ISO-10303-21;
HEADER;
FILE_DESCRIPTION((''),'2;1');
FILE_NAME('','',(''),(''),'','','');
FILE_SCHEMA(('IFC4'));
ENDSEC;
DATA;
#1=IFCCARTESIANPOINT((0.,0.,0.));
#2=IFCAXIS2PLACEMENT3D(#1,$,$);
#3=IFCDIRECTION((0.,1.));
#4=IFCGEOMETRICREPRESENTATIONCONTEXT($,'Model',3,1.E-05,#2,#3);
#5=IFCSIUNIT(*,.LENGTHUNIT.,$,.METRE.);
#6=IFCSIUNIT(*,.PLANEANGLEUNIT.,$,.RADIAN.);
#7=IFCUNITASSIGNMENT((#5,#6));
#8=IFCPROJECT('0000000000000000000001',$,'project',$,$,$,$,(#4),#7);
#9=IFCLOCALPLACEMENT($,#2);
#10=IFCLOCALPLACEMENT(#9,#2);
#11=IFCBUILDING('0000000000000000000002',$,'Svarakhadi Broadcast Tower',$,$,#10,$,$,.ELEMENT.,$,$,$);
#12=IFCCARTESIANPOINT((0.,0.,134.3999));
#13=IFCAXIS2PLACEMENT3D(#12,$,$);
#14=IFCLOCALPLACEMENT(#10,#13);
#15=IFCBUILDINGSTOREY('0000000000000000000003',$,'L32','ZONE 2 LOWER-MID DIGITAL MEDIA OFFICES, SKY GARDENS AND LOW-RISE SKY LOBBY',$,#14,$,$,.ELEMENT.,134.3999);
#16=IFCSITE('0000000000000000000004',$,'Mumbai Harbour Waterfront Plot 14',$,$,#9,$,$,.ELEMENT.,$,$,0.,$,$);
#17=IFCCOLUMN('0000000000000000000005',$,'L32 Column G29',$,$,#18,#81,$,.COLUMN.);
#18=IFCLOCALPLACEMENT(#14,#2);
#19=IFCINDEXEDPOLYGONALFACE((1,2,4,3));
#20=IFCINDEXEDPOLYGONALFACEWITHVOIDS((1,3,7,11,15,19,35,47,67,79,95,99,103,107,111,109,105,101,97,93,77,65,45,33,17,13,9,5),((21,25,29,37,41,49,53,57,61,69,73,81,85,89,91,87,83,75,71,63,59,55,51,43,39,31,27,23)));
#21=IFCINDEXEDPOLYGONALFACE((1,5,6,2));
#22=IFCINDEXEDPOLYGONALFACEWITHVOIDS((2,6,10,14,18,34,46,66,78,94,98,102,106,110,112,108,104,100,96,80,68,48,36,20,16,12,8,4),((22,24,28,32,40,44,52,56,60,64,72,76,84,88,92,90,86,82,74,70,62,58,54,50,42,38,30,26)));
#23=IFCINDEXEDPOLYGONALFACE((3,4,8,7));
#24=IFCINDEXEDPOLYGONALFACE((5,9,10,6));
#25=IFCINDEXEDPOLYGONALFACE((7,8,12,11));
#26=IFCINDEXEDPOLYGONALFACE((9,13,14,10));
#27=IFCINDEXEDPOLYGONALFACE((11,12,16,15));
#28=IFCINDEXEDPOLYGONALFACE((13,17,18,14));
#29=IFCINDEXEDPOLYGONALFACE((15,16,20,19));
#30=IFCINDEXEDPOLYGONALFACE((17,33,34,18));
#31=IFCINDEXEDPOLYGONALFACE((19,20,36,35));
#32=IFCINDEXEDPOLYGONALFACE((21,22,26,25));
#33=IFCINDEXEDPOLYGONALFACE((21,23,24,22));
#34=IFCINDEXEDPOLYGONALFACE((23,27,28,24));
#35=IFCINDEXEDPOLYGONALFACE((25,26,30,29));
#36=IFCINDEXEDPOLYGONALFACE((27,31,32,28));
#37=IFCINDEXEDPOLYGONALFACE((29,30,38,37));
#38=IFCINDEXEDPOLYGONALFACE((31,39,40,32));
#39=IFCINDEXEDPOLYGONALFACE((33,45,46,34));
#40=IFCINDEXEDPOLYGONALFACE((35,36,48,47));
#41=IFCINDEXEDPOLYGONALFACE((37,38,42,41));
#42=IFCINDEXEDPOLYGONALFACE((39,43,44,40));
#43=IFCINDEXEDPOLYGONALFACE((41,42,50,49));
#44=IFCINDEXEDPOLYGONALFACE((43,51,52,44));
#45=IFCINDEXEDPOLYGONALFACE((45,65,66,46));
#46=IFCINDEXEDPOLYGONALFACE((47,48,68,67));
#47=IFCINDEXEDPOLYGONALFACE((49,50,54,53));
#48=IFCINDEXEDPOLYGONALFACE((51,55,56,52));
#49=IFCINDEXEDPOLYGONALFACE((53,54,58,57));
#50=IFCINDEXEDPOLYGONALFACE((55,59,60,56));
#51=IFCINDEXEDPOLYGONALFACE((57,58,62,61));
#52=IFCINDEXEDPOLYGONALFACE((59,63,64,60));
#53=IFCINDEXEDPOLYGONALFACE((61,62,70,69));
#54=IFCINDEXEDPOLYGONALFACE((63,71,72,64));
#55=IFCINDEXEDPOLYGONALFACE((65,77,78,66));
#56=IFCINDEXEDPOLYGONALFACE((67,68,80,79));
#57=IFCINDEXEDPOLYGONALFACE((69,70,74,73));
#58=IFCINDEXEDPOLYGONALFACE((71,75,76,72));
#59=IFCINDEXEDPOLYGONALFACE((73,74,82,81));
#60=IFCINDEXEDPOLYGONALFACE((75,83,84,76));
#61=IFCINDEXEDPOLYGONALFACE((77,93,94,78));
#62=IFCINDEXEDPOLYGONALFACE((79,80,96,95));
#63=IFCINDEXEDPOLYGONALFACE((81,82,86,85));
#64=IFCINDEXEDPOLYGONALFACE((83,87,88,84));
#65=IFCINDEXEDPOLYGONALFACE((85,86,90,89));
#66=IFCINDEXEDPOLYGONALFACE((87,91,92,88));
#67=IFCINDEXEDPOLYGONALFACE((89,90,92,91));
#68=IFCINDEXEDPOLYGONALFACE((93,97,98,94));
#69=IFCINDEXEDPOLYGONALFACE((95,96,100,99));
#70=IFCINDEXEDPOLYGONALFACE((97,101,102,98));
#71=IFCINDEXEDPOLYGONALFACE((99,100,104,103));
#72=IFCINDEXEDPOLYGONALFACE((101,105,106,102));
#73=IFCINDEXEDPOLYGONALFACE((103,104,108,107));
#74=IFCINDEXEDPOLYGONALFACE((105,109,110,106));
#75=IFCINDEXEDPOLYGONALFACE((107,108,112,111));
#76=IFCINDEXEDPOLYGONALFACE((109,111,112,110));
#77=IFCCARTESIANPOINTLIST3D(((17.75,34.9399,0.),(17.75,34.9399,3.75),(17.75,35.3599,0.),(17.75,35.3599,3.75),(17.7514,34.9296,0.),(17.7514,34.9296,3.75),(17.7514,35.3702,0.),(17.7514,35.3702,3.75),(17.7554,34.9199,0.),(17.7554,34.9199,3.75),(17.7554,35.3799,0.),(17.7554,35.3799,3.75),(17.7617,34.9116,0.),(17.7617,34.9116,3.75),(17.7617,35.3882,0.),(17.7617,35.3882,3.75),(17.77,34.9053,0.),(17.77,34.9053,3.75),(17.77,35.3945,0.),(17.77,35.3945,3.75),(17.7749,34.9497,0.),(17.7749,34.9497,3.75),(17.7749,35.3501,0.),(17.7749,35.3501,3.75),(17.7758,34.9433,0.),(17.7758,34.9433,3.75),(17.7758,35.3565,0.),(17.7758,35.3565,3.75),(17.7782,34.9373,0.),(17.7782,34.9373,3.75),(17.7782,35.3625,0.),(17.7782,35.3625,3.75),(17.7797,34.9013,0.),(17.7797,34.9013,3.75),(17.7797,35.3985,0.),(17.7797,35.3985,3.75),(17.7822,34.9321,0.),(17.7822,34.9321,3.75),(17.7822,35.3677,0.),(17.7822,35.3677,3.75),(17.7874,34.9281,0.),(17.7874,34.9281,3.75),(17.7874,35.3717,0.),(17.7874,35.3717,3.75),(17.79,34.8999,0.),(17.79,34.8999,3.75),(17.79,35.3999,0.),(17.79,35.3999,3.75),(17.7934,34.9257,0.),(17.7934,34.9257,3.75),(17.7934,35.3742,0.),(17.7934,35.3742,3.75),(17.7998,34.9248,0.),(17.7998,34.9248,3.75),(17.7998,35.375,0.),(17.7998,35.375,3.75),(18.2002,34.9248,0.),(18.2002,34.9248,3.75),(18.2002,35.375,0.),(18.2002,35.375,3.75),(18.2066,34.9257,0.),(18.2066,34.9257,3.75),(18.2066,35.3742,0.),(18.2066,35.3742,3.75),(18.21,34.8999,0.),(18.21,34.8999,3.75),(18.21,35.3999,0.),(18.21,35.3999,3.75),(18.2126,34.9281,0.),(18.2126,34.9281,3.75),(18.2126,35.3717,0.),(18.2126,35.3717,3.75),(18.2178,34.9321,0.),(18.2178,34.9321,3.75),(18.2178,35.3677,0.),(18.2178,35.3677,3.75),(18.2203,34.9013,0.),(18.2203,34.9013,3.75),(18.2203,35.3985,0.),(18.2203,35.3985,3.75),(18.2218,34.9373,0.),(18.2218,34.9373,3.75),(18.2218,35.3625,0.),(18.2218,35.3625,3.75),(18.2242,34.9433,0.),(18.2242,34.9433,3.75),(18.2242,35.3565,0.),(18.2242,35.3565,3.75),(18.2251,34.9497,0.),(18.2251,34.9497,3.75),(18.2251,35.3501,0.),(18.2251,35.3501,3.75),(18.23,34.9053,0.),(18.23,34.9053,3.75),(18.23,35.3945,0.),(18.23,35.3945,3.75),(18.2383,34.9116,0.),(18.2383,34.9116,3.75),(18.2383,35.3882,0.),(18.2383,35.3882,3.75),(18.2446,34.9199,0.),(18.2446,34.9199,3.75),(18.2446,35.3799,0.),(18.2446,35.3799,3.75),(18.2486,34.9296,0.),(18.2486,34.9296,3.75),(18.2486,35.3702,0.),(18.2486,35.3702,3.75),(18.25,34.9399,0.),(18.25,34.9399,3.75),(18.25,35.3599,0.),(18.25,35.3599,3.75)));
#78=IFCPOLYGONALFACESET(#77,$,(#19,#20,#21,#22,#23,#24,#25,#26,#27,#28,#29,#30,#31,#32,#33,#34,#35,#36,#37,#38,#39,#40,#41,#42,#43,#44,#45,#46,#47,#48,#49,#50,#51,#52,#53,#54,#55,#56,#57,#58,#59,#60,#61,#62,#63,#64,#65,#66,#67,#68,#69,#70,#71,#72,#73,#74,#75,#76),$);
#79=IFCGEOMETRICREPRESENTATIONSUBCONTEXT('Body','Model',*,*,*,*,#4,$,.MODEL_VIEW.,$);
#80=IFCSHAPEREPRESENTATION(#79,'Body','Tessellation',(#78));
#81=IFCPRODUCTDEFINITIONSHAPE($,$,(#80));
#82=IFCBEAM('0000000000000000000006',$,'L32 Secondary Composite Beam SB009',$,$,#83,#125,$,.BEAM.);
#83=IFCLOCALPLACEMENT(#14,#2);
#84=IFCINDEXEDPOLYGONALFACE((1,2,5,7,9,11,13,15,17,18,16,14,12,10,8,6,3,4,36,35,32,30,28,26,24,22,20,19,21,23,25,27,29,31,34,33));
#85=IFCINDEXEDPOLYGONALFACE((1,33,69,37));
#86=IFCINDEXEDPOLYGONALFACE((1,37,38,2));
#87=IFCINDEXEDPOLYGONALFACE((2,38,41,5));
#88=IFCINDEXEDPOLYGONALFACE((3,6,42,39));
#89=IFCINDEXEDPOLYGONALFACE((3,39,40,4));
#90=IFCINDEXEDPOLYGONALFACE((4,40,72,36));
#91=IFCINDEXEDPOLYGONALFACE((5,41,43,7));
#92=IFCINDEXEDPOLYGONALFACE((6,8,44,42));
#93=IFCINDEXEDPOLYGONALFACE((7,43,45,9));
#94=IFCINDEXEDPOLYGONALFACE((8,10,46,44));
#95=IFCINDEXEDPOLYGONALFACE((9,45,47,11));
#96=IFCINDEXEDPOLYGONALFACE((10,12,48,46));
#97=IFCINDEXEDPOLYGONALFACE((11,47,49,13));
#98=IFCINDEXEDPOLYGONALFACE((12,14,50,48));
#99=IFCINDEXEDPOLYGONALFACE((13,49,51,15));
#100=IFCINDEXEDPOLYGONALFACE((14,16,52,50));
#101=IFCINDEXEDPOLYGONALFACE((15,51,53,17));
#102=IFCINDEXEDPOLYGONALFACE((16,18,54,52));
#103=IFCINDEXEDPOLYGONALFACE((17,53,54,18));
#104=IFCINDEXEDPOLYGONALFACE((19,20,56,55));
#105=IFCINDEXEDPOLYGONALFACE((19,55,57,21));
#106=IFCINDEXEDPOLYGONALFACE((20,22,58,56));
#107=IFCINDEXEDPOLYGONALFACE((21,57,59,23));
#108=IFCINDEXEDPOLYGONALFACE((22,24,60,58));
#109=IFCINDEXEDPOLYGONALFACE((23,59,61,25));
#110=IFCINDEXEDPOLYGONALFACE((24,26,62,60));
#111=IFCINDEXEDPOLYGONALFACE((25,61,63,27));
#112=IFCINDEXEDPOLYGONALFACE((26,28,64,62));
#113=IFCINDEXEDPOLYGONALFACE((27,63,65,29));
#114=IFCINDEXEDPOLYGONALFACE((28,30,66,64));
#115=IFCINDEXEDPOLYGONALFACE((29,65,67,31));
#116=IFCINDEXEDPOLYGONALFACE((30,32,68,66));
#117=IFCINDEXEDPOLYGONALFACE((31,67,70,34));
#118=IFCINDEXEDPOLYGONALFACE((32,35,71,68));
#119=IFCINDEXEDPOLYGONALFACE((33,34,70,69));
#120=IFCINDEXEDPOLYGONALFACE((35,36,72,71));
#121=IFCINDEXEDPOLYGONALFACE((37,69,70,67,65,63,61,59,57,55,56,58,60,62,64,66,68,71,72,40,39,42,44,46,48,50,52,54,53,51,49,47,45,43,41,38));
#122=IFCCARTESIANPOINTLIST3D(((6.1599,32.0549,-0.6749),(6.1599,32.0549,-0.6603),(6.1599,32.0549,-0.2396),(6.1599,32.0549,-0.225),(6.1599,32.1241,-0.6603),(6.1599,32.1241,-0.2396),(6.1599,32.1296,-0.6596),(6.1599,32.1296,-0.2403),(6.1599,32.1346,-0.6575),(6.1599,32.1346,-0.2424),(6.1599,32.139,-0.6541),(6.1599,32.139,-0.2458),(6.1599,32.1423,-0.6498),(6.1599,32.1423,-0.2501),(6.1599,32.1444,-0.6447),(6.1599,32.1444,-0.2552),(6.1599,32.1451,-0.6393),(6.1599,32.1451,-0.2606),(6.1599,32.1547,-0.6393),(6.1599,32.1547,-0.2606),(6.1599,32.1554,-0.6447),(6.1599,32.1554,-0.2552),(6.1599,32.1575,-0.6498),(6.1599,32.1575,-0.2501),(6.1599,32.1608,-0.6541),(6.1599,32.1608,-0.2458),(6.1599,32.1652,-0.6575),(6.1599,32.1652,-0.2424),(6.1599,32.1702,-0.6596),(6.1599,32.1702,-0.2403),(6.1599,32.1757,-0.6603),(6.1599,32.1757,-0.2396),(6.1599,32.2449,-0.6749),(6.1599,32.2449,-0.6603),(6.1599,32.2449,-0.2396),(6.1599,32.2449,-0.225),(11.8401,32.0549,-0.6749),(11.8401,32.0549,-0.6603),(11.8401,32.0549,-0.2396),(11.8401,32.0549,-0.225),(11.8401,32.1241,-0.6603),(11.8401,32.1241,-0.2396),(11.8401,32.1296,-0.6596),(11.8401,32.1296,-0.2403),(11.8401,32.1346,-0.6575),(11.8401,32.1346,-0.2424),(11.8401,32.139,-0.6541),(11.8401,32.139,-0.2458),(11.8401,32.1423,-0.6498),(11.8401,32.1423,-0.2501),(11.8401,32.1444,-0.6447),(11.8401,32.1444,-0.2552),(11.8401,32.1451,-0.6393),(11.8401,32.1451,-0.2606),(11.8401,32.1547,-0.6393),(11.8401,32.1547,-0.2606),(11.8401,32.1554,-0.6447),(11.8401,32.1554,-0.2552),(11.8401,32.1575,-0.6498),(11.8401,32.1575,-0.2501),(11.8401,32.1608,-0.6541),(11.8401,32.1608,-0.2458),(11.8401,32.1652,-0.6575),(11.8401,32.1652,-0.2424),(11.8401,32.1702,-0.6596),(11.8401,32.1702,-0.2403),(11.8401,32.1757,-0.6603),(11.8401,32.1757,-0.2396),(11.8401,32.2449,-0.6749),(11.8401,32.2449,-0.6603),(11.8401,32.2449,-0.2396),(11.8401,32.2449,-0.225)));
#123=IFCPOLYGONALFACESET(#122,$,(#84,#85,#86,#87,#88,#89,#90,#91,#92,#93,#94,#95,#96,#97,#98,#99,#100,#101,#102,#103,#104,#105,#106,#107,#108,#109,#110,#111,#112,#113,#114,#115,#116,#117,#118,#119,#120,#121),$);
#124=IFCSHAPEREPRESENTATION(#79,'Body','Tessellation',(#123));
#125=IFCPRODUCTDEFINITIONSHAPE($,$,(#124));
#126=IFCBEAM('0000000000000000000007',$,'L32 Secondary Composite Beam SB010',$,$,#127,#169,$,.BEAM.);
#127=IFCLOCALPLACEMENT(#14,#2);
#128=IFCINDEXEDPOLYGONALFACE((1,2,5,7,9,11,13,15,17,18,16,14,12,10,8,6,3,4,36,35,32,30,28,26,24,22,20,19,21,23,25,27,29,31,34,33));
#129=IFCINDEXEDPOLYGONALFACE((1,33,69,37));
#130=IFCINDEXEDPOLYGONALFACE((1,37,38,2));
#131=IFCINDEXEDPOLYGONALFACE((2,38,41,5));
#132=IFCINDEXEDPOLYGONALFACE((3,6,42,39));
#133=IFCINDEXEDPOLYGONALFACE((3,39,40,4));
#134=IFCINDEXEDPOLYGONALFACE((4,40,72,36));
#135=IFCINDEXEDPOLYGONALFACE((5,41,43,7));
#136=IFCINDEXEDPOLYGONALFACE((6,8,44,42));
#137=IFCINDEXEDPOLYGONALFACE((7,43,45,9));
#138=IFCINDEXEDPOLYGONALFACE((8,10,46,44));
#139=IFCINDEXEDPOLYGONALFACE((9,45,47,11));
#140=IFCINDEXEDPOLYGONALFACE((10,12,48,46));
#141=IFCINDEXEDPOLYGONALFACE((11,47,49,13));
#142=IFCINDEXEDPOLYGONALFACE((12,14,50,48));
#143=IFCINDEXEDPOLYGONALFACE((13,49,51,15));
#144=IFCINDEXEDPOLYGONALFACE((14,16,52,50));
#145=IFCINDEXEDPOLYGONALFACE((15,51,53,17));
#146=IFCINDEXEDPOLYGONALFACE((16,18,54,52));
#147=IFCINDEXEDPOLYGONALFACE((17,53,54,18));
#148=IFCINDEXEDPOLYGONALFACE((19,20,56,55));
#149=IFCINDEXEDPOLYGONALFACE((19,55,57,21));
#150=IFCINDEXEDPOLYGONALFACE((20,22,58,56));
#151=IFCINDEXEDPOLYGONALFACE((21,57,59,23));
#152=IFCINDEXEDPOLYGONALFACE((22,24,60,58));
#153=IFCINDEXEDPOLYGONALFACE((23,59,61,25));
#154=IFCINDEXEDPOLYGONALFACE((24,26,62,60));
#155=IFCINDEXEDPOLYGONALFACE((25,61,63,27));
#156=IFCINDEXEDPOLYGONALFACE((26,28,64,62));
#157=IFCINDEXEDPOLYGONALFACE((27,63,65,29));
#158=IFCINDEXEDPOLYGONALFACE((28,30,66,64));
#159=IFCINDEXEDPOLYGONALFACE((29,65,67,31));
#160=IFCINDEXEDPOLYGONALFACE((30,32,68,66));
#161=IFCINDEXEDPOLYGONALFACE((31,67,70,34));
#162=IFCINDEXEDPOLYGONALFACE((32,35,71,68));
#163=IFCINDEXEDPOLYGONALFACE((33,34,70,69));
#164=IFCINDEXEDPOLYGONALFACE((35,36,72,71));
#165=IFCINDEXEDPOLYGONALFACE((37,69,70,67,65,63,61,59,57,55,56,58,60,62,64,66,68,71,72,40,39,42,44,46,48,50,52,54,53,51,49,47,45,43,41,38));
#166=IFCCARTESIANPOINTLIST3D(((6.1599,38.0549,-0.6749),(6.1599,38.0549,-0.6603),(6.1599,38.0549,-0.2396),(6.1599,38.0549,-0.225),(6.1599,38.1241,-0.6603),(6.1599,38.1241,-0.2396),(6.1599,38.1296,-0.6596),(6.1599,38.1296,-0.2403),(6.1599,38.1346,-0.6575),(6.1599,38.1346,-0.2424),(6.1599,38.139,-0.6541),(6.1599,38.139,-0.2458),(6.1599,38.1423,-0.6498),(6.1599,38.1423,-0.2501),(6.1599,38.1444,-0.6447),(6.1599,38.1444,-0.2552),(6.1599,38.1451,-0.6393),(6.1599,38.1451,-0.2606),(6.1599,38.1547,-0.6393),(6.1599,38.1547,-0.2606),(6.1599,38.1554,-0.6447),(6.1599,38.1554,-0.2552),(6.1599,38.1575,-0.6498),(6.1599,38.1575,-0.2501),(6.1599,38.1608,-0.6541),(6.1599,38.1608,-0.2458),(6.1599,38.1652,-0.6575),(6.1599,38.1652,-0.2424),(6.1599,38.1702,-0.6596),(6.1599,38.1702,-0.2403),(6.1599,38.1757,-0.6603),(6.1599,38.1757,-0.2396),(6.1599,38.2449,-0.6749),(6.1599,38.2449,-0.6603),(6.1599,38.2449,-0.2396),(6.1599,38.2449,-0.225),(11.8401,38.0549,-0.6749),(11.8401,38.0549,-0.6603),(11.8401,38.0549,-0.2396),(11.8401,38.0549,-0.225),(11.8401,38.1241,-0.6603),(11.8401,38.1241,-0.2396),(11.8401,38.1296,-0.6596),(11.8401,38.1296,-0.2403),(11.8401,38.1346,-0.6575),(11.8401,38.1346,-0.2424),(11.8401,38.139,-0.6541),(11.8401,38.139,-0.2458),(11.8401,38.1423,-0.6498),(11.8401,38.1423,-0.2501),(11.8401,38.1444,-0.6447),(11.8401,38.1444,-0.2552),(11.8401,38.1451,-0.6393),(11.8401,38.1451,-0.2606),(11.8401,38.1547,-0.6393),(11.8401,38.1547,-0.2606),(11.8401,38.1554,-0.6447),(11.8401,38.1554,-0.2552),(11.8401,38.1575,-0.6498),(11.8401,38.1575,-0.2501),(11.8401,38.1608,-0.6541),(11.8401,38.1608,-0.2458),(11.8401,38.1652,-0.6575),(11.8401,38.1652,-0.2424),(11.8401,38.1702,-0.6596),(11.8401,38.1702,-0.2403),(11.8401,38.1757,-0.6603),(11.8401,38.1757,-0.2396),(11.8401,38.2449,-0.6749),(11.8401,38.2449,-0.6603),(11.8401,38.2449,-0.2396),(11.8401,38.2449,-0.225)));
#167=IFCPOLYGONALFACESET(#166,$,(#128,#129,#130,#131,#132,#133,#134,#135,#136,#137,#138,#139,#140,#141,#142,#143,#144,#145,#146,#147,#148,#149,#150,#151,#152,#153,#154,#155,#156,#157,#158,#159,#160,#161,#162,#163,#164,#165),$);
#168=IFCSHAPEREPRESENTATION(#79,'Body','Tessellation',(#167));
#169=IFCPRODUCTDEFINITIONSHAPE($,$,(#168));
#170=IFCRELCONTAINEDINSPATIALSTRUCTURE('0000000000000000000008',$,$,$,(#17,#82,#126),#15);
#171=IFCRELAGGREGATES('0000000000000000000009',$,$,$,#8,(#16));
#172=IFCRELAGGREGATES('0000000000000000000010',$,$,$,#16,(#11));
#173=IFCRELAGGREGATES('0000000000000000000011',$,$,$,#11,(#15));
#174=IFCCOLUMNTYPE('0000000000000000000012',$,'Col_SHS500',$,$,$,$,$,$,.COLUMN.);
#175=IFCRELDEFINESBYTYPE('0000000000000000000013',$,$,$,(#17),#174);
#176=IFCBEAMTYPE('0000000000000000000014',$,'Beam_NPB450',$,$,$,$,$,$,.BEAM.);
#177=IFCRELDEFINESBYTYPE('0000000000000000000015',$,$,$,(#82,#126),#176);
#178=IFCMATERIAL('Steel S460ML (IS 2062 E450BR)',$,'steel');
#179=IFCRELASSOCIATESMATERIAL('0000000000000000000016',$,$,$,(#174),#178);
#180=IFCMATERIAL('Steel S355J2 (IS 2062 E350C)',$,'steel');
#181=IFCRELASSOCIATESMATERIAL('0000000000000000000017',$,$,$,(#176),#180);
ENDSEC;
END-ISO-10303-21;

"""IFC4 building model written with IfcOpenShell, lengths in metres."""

from ifc_helpers import new_model, si_unit, direction, frame, origin, origin_2d, place, context, subcontext, project, spatial, hollow_rectangle, i_section, extrude, material, material_profile, profile_set, type_object, element, save


model = new_model("IFC4")

# Units and contexts
model_context = context("Model", 3, precision=1e-05, world=origin(), true_north=direction((0.0, 1.0)))
body_context = subcontext(model_context, "Body", "Model", "MODEL_VIEW")
ifc_project = project(units=[si_unit("LENGTHUNIT", "METRE"), si_unit("PLANEANGLEUNIT", "RADIAN")], contexts=[model_context])

# Site, building, storey
site_placement = place(None, origin())
site = spatial("IfcSite", under=ifc_project, at=site_placement, Name="Mumbai Harbour Waterfront Plot 14", CompositionType="ELEMENT", RefElevation=0.0)
building_placement = place(site_placement, origin())
building = spatial("IfcBuilding", under=site, at=building_placement, Name="Svarakhadi Broadcast Tower", CompositionType="ELEMENT")
storey_placement = place(building_placement, frame((0.0, 0.0, 134.3999)))
storey = spatial("IfcBuildingStorey", under=building, at=storey_placement, Name="L32", Description="ZONE 2 LOWER-MID DIGITAL MEDIA OFFICES, SKY GARDENS AND LOW-RISE SKY LOBBY", CompositionType="ELEMENT", Elevation=134.3999)

# Column
ifc_material_1 = material(Name="Steel S460ML (IS 2062 E450BR)", Category="steel")
ifc_material_profile_1 = material_profile(ifc_material_1, hollow_rectangle(XDim=0.5, YDim=0.5, WallThickness=0.0249, InnerFilletRadius=0.0249, OuterFilletRadius=0.04, at=origin_2d()), Name="SHS 500x500x25")
ifc_profile_set_1 = profile_set([ifc_material_profile_1], Name="Steel S460ML (IS 2062 E450BR)")
column_type_1 = type_object("IfcColumnType", Name="Col_SHS500", PredefinedType="COLUMN", material=ifc_profile_set_1)
for number, where, z_axis, x_axis, name in (
    (1, (18.0, 35.1499, 0.0), (0.0, 0.0, 1.0), (1.0, 0.0, 0.0), "L32 Column G29"),
):
    element("IfcColumn", number, at=place(storey_placement, frame(where, z_axis=z_axis, x_axis=x_axis)), inside=storey, type_object=column_type_1, Name=name, PredefinedType="COLUMN", context=body_context, shape_type="SweptSolid", body=[
        extrude(hollow_rectangle(XDim=0.5, YDim=0.5, WallThickness=0.0249, InnerFilletRadius=0.0249, OuterFilletRadius=0.04, at=origin_2d()), origin(), (0.0, 0.0, 1.0), 3.75),
    ])

# Beams
ifc_material_2 = material(Name="Steel S355J2 (IS 2062 E350C)", Category="steel")
ifc_material_profile_2 = material_profile(ifc_material_2, i_section(OverallWidth=0.1899, OverallDepth=0.45, WebThickness=0.0095, FlangeThickness=0.0146, FilletRadius=0.021, at=origin_2d()), Name="NPB 450x190x78")
ifc_profile_set_2 = profile_set([ifc_material_profile_2], Name="Steel S355J2 (IS 2062 E350C)")
beam_type_1 = type_object("IfcBeamType", Name="Beam_NPB450", PredefinedType="BEAM", material=ifc_profile_set_2)
for number, where, z_axis, x_axis, name in (
    (2, (6.1599, 32.1499, -0.45), (1.0, 0.0, 0.0), (0.0, 1.0, 0.0), "L32 Secondary Composite Beam SB009"),
    (3, (6.1599, 38.1499, -0.45), (1.0, 0.0, 0.0), (0.0, 1.0, 0.0), "L32 Secondary Composite Beam SB010"),
):
    element("IfcBeam", number, at=place(storey_placement, frame(where, z_axis=z_axis, x_axis=x_axis)), inside=storey, type_object=beam_type_1, Name=name, PredefinedType="BEAM", context=body_context, shape_type="SweptSolid", body=[
        extrude(i_section(OverallWidth=0.1899, OverallDepth=0.45, WebThickness=0.0095, FlangeThickness=0.0146, FilletRadius=0.021, at=origin_2d()), origin(), (0.0, 0.0, 1.0), 5.6802),
    ])

save(model, "model.ifc")
